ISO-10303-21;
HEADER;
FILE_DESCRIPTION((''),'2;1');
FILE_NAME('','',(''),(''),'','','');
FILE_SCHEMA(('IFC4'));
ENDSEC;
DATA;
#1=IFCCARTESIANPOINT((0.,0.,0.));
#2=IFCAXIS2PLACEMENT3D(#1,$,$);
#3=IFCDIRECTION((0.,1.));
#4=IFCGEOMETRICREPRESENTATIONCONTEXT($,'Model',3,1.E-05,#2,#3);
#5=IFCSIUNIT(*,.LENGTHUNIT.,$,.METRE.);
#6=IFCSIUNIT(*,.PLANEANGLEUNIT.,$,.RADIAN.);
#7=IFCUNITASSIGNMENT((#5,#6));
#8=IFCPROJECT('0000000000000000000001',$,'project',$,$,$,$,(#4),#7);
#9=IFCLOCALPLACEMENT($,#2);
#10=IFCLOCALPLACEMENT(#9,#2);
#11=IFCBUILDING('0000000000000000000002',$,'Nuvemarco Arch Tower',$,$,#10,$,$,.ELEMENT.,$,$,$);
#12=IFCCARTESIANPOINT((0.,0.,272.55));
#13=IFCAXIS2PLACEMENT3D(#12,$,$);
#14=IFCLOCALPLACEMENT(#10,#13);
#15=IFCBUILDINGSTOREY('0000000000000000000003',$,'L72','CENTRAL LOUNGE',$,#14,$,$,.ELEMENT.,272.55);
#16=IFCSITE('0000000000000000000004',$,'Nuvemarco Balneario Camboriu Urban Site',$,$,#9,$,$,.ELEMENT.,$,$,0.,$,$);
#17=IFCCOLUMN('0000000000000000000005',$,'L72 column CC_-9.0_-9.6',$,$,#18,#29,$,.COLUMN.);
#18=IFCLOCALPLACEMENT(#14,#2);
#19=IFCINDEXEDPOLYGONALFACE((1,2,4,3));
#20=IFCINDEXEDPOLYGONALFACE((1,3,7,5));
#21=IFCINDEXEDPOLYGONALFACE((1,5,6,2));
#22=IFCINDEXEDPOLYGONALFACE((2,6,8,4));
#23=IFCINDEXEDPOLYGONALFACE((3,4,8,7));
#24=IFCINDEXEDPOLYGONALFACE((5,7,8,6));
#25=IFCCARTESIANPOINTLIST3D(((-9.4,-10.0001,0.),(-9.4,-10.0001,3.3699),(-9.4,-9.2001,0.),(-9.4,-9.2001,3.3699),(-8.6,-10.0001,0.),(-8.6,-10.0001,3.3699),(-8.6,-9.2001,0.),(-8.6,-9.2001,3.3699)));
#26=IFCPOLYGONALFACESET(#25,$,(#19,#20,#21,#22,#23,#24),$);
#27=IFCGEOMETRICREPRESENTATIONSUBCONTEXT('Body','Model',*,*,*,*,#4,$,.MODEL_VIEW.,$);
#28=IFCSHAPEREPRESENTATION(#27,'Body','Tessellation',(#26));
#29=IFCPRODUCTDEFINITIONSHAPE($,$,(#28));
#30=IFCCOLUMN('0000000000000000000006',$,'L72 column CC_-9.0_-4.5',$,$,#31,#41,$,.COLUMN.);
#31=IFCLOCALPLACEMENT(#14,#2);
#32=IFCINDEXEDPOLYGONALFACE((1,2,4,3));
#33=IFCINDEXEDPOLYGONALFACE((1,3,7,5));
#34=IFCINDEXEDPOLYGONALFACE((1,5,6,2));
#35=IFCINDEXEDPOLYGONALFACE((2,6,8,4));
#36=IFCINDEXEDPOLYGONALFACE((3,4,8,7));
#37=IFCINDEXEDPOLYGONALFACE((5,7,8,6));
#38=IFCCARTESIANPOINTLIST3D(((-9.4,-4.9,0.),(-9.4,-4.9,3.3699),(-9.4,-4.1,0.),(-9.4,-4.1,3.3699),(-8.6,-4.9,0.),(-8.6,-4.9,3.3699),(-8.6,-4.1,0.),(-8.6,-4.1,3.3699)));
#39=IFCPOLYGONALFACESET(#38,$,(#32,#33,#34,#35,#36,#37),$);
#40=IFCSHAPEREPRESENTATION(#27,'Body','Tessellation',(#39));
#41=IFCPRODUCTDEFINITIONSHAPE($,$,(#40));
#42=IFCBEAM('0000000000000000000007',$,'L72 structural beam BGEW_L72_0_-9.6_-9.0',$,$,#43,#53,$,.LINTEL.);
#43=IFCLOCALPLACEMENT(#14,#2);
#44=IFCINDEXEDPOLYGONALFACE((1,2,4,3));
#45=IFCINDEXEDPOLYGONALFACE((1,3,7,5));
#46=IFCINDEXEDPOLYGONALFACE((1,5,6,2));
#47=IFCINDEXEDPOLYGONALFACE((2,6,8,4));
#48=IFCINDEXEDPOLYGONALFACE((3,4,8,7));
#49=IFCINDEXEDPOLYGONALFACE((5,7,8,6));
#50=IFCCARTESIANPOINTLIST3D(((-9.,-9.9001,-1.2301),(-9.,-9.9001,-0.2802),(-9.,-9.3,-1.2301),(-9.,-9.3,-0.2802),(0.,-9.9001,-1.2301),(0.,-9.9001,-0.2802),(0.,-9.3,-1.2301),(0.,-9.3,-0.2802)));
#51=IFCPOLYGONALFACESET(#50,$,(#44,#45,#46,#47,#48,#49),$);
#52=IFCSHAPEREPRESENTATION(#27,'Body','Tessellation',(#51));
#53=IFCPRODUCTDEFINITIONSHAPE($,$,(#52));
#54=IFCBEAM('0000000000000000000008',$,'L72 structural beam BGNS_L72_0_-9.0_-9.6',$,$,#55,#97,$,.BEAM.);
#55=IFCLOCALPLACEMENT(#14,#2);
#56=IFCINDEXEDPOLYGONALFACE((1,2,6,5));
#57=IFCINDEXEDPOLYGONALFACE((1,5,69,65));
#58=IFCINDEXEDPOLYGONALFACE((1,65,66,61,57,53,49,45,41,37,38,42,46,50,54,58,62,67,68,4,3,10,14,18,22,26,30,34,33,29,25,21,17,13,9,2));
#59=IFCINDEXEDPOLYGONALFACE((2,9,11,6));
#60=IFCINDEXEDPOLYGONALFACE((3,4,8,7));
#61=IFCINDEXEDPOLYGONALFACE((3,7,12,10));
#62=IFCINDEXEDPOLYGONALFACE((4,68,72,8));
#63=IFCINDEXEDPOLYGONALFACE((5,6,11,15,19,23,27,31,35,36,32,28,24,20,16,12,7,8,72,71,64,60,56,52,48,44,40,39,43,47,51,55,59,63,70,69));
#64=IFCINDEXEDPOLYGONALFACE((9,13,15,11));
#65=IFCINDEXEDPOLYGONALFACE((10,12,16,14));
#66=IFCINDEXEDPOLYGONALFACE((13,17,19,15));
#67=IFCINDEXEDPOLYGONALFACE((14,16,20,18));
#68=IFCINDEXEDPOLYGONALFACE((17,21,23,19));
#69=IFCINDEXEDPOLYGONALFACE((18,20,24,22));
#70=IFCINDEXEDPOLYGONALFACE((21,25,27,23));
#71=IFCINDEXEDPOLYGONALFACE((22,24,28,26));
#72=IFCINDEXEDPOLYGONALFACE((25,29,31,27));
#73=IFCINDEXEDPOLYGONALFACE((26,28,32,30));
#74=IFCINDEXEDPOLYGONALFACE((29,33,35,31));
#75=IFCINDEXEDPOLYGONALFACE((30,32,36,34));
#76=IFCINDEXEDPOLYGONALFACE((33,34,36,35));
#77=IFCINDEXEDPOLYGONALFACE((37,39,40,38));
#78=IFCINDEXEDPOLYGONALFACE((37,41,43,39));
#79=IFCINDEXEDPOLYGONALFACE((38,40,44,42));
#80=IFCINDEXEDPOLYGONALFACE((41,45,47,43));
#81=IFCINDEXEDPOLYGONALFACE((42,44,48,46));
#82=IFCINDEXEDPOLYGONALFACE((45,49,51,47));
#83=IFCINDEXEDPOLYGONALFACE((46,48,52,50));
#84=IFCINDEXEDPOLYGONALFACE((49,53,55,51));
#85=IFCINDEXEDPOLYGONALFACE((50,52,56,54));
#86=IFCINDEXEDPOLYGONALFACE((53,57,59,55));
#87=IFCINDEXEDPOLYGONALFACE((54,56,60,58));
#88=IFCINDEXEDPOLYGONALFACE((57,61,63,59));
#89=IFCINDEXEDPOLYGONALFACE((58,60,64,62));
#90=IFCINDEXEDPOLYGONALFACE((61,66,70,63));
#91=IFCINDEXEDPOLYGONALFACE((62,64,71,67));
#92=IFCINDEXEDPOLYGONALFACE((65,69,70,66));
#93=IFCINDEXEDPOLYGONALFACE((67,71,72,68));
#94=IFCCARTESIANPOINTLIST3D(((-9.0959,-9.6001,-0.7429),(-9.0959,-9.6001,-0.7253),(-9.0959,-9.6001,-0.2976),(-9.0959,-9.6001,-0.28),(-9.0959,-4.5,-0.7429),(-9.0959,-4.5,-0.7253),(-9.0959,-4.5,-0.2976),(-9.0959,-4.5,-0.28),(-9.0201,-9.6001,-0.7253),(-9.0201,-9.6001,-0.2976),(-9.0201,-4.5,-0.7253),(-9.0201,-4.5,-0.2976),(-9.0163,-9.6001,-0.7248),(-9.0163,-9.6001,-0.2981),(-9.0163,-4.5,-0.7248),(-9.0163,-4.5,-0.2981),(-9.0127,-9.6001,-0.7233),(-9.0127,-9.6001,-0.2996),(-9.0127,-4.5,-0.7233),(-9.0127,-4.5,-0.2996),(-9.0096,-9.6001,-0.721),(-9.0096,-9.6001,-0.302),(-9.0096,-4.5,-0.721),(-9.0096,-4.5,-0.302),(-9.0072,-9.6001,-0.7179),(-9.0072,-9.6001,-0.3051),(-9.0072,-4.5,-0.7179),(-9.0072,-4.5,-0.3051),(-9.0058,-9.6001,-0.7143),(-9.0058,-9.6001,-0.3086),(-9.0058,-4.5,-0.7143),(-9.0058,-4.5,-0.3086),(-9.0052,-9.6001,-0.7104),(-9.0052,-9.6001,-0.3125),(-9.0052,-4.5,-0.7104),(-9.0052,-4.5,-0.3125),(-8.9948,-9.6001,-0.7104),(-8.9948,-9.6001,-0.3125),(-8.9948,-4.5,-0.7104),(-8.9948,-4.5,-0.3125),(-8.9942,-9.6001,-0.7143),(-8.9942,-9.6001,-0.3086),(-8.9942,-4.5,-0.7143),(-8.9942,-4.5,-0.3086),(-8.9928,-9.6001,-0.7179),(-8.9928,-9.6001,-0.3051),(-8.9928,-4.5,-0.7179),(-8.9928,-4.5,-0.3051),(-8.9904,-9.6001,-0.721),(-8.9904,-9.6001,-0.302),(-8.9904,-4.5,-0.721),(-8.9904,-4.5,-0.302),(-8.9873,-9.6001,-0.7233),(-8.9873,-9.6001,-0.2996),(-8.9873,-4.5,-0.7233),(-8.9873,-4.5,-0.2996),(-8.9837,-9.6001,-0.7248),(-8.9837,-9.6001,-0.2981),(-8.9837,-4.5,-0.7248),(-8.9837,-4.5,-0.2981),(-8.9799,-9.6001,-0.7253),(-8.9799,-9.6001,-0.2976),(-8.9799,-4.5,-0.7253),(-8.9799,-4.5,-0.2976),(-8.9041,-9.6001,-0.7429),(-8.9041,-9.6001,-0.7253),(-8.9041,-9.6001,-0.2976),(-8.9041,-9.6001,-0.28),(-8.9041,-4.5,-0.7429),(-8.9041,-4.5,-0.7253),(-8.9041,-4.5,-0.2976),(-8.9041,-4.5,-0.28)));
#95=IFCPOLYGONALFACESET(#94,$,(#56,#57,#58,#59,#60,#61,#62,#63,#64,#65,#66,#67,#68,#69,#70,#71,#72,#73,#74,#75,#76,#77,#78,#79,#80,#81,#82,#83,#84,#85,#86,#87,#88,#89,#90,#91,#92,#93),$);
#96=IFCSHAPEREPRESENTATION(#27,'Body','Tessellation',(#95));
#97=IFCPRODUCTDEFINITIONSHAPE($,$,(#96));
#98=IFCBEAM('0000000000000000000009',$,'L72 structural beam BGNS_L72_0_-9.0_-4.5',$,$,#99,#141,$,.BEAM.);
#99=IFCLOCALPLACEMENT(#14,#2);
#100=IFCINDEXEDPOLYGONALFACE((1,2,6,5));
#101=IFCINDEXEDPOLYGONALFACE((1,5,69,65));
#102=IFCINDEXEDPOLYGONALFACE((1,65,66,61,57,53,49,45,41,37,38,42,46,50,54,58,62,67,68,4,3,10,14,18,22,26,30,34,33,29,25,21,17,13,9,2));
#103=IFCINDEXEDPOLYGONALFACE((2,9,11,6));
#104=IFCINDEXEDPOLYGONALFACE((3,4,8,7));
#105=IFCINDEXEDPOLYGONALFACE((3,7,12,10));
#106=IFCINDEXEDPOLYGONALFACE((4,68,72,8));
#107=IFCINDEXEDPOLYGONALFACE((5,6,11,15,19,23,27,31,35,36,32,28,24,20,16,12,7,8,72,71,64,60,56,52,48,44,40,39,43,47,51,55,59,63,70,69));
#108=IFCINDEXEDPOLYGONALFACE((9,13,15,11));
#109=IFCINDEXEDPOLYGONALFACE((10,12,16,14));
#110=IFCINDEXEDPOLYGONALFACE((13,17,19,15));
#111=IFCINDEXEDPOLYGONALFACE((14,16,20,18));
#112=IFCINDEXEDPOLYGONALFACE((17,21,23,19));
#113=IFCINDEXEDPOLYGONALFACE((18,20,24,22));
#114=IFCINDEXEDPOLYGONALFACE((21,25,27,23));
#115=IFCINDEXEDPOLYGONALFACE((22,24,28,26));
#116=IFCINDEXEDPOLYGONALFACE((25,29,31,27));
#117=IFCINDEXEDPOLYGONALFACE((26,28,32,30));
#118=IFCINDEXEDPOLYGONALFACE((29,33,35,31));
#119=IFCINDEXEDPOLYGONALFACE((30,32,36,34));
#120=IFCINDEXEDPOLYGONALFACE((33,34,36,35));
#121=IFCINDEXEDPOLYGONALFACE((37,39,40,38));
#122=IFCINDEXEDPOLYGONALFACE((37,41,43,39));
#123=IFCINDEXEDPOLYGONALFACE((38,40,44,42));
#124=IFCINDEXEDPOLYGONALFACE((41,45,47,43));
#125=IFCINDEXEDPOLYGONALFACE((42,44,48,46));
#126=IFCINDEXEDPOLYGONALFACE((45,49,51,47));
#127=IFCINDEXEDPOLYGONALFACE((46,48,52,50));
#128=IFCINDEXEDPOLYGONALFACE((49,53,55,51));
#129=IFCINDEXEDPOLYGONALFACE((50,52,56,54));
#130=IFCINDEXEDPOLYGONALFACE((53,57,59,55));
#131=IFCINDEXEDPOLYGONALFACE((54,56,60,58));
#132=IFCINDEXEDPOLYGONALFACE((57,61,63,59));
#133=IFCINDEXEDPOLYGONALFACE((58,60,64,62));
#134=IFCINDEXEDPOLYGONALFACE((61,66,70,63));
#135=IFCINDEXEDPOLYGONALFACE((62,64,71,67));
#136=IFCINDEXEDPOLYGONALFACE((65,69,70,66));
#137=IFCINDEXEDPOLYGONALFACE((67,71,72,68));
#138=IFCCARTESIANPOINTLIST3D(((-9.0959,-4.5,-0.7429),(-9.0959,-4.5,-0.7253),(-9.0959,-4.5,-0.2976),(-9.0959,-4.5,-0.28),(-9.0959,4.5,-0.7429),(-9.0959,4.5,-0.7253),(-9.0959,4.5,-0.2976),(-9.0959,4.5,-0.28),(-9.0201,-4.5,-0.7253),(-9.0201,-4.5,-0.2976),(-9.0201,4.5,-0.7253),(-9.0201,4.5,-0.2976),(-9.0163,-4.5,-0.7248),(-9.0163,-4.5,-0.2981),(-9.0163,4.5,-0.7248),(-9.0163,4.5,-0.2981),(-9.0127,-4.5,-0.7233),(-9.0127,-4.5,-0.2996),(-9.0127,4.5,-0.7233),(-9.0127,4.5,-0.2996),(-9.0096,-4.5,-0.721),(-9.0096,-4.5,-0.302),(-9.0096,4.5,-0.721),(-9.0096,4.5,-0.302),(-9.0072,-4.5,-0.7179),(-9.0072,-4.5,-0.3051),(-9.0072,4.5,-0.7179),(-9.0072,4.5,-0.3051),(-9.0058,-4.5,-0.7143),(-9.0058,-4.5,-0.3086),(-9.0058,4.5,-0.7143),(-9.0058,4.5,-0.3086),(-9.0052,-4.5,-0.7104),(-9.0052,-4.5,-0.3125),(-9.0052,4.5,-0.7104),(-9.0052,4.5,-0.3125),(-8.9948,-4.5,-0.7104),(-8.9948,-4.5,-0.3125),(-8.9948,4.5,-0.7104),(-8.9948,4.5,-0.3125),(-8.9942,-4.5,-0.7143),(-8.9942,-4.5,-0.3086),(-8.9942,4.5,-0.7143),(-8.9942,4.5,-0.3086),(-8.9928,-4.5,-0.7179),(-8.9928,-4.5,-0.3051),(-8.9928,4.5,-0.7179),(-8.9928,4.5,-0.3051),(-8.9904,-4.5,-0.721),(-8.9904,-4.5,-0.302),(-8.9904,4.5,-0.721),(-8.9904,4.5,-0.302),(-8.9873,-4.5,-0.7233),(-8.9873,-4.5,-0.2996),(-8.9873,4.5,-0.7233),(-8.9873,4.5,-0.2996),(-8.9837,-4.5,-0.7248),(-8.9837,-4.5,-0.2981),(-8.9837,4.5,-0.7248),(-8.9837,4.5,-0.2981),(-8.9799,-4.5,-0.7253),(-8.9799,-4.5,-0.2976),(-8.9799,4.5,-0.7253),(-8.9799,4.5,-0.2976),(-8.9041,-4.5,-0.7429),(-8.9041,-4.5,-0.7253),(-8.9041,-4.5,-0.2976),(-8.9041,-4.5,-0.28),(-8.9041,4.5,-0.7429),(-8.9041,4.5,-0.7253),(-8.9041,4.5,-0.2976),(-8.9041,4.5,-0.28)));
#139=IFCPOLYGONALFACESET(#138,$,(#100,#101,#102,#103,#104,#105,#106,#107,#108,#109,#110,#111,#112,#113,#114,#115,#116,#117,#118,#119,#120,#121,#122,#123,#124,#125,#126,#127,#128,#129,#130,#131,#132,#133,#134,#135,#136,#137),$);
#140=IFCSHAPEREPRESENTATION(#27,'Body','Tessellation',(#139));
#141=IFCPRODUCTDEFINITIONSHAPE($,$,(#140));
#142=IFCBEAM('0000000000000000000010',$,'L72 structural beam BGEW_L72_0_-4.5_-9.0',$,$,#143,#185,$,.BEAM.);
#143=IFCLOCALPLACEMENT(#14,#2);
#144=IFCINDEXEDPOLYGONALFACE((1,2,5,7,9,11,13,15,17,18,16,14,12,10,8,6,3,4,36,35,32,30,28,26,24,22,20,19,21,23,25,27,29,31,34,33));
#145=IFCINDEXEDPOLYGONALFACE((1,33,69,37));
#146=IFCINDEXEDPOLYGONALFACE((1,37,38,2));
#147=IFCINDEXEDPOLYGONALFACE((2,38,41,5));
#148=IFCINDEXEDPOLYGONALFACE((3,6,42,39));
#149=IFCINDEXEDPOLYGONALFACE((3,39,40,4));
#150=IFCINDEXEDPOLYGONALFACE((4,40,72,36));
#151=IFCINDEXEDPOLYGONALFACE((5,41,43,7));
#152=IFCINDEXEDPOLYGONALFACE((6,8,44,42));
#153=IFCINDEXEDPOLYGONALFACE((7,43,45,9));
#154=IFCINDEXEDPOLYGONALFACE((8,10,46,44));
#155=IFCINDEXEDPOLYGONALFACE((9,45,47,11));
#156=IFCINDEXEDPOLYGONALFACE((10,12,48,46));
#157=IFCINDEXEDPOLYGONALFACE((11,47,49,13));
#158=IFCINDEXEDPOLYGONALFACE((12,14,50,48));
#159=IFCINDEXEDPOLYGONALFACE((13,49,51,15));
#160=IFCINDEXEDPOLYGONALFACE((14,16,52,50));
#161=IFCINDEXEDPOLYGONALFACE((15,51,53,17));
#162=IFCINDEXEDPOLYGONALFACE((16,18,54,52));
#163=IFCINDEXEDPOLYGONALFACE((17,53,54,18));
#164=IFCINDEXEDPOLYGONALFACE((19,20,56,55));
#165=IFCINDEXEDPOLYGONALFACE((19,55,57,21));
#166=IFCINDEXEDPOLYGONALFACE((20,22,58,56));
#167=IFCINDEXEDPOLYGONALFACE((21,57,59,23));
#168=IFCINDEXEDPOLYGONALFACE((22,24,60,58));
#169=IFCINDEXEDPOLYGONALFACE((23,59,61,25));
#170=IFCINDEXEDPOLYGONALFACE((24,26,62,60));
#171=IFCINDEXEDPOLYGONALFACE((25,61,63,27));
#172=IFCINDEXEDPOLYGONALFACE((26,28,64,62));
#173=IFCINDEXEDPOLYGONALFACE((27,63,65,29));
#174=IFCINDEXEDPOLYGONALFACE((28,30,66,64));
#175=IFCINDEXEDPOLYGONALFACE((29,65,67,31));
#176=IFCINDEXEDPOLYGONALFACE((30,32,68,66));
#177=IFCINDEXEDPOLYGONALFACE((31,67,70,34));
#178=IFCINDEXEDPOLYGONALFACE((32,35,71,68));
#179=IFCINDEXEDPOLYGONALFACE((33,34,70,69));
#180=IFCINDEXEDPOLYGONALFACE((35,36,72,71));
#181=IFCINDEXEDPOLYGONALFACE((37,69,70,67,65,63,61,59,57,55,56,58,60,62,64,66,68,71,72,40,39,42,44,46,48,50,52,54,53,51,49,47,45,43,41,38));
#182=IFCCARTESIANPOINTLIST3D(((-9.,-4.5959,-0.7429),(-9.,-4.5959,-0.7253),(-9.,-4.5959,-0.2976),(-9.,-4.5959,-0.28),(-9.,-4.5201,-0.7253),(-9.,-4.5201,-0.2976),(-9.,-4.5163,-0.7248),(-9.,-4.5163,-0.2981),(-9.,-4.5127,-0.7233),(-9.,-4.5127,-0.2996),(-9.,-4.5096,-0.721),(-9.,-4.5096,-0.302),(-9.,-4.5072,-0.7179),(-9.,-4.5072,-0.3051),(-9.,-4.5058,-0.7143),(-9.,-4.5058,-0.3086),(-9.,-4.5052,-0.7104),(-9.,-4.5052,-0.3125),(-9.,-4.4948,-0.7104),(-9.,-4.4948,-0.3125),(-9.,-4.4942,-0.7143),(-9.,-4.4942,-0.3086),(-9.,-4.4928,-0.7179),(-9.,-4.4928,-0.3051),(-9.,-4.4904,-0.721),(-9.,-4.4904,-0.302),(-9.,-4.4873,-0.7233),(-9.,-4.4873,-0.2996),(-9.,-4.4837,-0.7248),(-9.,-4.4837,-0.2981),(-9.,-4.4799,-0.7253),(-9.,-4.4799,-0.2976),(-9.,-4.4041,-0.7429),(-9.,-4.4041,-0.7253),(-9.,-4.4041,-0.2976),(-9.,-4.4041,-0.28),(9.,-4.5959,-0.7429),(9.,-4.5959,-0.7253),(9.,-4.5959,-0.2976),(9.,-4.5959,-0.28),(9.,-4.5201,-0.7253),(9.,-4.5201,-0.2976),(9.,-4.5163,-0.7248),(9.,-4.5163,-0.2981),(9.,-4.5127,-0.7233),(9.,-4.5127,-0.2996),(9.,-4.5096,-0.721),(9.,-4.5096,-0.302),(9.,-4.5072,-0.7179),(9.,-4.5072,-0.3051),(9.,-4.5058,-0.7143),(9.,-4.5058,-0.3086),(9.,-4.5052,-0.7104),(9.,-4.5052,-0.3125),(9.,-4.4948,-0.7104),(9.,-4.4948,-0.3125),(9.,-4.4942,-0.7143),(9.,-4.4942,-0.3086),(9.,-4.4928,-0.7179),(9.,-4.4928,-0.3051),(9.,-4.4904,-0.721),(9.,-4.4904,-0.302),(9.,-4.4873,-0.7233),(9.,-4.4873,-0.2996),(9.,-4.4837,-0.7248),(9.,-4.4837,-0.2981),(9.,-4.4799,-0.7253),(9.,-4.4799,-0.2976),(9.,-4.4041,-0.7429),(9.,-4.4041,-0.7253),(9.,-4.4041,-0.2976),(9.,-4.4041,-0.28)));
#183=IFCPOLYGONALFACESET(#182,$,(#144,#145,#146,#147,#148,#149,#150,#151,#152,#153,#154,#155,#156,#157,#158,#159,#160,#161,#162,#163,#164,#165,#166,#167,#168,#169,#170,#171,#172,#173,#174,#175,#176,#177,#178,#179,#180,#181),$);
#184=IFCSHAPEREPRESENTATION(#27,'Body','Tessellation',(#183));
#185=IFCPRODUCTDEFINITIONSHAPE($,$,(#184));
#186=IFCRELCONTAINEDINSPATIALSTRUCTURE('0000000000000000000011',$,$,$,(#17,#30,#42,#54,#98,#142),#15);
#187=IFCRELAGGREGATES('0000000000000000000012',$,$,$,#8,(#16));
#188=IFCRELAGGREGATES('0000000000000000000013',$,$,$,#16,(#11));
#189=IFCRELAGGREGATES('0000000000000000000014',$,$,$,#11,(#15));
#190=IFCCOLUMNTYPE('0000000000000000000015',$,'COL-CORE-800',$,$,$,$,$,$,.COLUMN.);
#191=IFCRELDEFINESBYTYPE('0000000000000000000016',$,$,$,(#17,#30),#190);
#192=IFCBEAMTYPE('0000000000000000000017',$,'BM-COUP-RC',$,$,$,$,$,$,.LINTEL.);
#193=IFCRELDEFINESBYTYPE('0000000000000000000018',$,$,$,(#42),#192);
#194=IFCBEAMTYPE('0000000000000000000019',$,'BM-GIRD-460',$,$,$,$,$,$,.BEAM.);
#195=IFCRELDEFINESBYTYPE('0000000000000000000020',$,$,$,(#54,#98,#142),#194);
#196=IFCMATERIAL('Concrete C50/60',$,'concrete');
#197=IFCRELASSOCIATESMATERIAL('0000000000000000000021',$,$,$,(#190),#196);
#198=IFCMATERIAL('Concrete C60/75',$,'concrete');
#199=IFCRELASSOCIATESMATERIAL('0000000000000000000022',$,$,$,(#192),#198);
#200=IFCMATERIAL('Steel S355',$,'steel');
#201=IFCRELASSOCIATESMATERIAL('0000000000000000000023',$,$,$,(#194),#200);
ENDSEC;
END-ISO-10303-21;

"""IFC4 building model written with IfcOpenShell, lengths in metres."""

from ifc_helpers import new_model, si_unit, direction, frame, origin, origin_2d, place, context, subcontext, project, spatial, rectangle, i_section, extrude, material, material_profile, profile_set, type_object, element, save


model = new_model("IFC4")

# Units and contexts
model_context = context("Model", 3, precision=1e-05, world=origin(), true_north=direction((0.0, 1.0)))
body_context = subcontext(model_context, "Body", "Model", "MODEL_VIEW")
ifc_project = project(units=[si_unit("LENGTHUNIT", "METRE"), si_unit("PLANEANGLEUNIT", "RADIAN")], contexts=[model_context])

# Site, building, storey
site_placement = place(None, origin())
site = spatial("IfcSite", under=ifc_project, at=site_placement, Name="Nuvemarco Balneario Camboriu Urban Site", CompositionType="ELEMENT", RefElevation=0.0)
building_placement = place(site_placement, origin())
building = spatial("IfcBuilding", under=site, at=building_placement, Name="Nuvemarco Arch Tower", CompositionType="ELEMENT")
storey_placement = place(building_placement, frame((0.0, 0.0, 272.55)))
storey = spatial("IfcBuildingStorey", under=building, at=storey_placement, Name="L72", Description="CENTRAL LOUNGE", CompositionType="ELEMENT", Elevation=272.55)

# Columns
ifc_material_1 = material(Name="Concrete C50/60", Category="concrete")
ifc_material_profile_1 = material_profile(ifc_material_1, rectangle(XDim=0.8, YDim=0.8, at=origin_2d()), Name="RC-COL-800x800")
ifc_profile_set_1 = profile_set([ifc_material_profile_1], Name="Concrete C50/60")
column_type = type_object("IfcColumnType", Name="COL-CORE-800", PredefinedType="COLUMN", material=ifc_profile_set_1)
for number, where, z_axis, x_axis, name in (
    (1, (-9.0, -9.6001, 0.0), (0.0, 0.0, 1.0), (1.0, 0.0, 0.0), "L72 column CC_-9.0_-9.6"),
    (2, (-9.0, -4.5, 0.0), (0.0, 0.0, 1.0), (1.0, 0.0, 0.0), "L72 column CC_-9.0_-4.5"),
):
    element("IfcColumn", number, at=place(storey_placement, frame(where, z_axis=z_axis, x_axis=x_axis)), inside=storey, type_object=column_type, Name=name, PredefinedType="COLUMN", context=body_context, shape_type="SweptSolid", body=[
        extrude(rectangle(XDim=0.8, YDim=0.8, at=origin_2d()), origin(), (0.0, 0.0, 1.0), 3.3699),
    ])

# Beams
ifc_material_2 = material(Name="Concrete C60/75", Category="concrete")
ifc_material_profile_2 = material_profile(ifc_material_2, rectangle(XDim=0.6001, YDim=0.95, at=origin_2d()), Name="RC-BM-600x950")
ifc_profile_set_2 = profile_set([ifc_material_profile_2], Name="Concrete C60/75")
beam_type_1 = type_object("IfcBeamType", Name="BM-COUP-RC", PredefinedType="LINTEL", material=ifc_profile_set_2)
beam_1_placement = place(storey_placement, frame((-9.0, -9.6001, -0.7551), z_axis=(1.0, 0.0, 0.0), x_axis=(0.0, 1.0, 0.0)))
element("IfcBeam", 3, at=beam_1_placement, inside=storey, type_object=beam_type_1, Name="L72 structural beam BGEW_L72_0_-9.6_-9.0", PredefinedType="LINTEL", context=body_context, shape_type="SweptSolid", body=[
    extrude(rectangle(XDim=0.6001, YDim=0.95, at=origin_2d()), origin(), (0.0, 0.0, 1.0), 9.0),
])
ifc_material_3 = material(Name="Steel S355", Category="steel")
ifc_material_profile_3 = material_profile(ifc_material_3, i_section(OverallWidth=0.1919, OverallDepth=0.4629, WebThickness=0.0105, FlangeThickness=0.0176, FilletRadius=0.0149, at=origin_2d()), Name="W460x89")
ifc_profile_set_3 = profile_set([ifc_material_profile_3], Name="Steel S355")
beam_type_2 = type_object("IfcBeamType", Name="BM-GIRD-460", PredefinedType="BEAM", material=ifc_profile_set_3)
beam_2_placement = place(storey_placement, frame((-9.0, -9.6001, -0.5115), z_axis=(0.0, 1.0, 0.0), x_axis=(-1.0, 0.0, 0.0)))
element("IfcBeam", 4, at=beam_2_placement, inside=storey, type_object=beam_type_2, Name="L72 structural beam BGNS_L72_0_-9.0_-9.6", PredefinedType="BEAM", context=body_context, shape_type="SweptSolid", body=[
    extrude(i_section(OverallWidth=0.1919, OverallDepth=0.4629, WebThickness=0.0105, FlangeThickness=0.0176, FilletRadius=0.0149, at=origin_2d()), origin(), (0.0, 0.0, 1.0), 5.1001),
])
beam_3_placement = place(storey_placement, frame((-9.0, -4.5, -0.5115), z_axis=(0.0, 1.0, 0.0), x_axis=(-1.0, 0.0, 0.0)))
element("IfcBeam", 5, at=beam_3_placement, inside=storey, type_object=beam_type_2, Name="L72 structural beam BGNS_L72_0_-9.0_-4.5", PredefinedType="BEAM", context=body_context, shape_type="SweptSolid", body=[
    extrude(i_section(OverallWidth=0.1919, OverallDepth=0.4629, WebThickness=0.0105, FlangeThickness=0.0176, FilletRadius=0.0149, at=origin_2d()), origin(), (0.0, 0.0, 1.0), 9.0),
])
beam_4_placement = place(storey_placement, frame((-9.0, -4.5, -0.5115), z_axis=(1.0, 0.0, 0.0), x_axis=(0.0, 1.0, 0.0)))
element("IfcBeam", 6, at=beam_4_placement, inside=storey, type_object=beam_type_2, Name="L72 structural beam BGEW_L72_0_-4.5_-9.0", PredefinedType="BEAM", context=body_context, shape_type="SweptSolid", body=[
    extrude(i_section(OverallWidth=0.1919, OverallDepth=0.4629, WebThickness=0.0105, FlangeThickness=0.0176, FilletRadius=0.0149, at=origin_2d()), origin(), (0.0, 0.0, 1.0), 18.0),
])

save(model, "model.ifc")
